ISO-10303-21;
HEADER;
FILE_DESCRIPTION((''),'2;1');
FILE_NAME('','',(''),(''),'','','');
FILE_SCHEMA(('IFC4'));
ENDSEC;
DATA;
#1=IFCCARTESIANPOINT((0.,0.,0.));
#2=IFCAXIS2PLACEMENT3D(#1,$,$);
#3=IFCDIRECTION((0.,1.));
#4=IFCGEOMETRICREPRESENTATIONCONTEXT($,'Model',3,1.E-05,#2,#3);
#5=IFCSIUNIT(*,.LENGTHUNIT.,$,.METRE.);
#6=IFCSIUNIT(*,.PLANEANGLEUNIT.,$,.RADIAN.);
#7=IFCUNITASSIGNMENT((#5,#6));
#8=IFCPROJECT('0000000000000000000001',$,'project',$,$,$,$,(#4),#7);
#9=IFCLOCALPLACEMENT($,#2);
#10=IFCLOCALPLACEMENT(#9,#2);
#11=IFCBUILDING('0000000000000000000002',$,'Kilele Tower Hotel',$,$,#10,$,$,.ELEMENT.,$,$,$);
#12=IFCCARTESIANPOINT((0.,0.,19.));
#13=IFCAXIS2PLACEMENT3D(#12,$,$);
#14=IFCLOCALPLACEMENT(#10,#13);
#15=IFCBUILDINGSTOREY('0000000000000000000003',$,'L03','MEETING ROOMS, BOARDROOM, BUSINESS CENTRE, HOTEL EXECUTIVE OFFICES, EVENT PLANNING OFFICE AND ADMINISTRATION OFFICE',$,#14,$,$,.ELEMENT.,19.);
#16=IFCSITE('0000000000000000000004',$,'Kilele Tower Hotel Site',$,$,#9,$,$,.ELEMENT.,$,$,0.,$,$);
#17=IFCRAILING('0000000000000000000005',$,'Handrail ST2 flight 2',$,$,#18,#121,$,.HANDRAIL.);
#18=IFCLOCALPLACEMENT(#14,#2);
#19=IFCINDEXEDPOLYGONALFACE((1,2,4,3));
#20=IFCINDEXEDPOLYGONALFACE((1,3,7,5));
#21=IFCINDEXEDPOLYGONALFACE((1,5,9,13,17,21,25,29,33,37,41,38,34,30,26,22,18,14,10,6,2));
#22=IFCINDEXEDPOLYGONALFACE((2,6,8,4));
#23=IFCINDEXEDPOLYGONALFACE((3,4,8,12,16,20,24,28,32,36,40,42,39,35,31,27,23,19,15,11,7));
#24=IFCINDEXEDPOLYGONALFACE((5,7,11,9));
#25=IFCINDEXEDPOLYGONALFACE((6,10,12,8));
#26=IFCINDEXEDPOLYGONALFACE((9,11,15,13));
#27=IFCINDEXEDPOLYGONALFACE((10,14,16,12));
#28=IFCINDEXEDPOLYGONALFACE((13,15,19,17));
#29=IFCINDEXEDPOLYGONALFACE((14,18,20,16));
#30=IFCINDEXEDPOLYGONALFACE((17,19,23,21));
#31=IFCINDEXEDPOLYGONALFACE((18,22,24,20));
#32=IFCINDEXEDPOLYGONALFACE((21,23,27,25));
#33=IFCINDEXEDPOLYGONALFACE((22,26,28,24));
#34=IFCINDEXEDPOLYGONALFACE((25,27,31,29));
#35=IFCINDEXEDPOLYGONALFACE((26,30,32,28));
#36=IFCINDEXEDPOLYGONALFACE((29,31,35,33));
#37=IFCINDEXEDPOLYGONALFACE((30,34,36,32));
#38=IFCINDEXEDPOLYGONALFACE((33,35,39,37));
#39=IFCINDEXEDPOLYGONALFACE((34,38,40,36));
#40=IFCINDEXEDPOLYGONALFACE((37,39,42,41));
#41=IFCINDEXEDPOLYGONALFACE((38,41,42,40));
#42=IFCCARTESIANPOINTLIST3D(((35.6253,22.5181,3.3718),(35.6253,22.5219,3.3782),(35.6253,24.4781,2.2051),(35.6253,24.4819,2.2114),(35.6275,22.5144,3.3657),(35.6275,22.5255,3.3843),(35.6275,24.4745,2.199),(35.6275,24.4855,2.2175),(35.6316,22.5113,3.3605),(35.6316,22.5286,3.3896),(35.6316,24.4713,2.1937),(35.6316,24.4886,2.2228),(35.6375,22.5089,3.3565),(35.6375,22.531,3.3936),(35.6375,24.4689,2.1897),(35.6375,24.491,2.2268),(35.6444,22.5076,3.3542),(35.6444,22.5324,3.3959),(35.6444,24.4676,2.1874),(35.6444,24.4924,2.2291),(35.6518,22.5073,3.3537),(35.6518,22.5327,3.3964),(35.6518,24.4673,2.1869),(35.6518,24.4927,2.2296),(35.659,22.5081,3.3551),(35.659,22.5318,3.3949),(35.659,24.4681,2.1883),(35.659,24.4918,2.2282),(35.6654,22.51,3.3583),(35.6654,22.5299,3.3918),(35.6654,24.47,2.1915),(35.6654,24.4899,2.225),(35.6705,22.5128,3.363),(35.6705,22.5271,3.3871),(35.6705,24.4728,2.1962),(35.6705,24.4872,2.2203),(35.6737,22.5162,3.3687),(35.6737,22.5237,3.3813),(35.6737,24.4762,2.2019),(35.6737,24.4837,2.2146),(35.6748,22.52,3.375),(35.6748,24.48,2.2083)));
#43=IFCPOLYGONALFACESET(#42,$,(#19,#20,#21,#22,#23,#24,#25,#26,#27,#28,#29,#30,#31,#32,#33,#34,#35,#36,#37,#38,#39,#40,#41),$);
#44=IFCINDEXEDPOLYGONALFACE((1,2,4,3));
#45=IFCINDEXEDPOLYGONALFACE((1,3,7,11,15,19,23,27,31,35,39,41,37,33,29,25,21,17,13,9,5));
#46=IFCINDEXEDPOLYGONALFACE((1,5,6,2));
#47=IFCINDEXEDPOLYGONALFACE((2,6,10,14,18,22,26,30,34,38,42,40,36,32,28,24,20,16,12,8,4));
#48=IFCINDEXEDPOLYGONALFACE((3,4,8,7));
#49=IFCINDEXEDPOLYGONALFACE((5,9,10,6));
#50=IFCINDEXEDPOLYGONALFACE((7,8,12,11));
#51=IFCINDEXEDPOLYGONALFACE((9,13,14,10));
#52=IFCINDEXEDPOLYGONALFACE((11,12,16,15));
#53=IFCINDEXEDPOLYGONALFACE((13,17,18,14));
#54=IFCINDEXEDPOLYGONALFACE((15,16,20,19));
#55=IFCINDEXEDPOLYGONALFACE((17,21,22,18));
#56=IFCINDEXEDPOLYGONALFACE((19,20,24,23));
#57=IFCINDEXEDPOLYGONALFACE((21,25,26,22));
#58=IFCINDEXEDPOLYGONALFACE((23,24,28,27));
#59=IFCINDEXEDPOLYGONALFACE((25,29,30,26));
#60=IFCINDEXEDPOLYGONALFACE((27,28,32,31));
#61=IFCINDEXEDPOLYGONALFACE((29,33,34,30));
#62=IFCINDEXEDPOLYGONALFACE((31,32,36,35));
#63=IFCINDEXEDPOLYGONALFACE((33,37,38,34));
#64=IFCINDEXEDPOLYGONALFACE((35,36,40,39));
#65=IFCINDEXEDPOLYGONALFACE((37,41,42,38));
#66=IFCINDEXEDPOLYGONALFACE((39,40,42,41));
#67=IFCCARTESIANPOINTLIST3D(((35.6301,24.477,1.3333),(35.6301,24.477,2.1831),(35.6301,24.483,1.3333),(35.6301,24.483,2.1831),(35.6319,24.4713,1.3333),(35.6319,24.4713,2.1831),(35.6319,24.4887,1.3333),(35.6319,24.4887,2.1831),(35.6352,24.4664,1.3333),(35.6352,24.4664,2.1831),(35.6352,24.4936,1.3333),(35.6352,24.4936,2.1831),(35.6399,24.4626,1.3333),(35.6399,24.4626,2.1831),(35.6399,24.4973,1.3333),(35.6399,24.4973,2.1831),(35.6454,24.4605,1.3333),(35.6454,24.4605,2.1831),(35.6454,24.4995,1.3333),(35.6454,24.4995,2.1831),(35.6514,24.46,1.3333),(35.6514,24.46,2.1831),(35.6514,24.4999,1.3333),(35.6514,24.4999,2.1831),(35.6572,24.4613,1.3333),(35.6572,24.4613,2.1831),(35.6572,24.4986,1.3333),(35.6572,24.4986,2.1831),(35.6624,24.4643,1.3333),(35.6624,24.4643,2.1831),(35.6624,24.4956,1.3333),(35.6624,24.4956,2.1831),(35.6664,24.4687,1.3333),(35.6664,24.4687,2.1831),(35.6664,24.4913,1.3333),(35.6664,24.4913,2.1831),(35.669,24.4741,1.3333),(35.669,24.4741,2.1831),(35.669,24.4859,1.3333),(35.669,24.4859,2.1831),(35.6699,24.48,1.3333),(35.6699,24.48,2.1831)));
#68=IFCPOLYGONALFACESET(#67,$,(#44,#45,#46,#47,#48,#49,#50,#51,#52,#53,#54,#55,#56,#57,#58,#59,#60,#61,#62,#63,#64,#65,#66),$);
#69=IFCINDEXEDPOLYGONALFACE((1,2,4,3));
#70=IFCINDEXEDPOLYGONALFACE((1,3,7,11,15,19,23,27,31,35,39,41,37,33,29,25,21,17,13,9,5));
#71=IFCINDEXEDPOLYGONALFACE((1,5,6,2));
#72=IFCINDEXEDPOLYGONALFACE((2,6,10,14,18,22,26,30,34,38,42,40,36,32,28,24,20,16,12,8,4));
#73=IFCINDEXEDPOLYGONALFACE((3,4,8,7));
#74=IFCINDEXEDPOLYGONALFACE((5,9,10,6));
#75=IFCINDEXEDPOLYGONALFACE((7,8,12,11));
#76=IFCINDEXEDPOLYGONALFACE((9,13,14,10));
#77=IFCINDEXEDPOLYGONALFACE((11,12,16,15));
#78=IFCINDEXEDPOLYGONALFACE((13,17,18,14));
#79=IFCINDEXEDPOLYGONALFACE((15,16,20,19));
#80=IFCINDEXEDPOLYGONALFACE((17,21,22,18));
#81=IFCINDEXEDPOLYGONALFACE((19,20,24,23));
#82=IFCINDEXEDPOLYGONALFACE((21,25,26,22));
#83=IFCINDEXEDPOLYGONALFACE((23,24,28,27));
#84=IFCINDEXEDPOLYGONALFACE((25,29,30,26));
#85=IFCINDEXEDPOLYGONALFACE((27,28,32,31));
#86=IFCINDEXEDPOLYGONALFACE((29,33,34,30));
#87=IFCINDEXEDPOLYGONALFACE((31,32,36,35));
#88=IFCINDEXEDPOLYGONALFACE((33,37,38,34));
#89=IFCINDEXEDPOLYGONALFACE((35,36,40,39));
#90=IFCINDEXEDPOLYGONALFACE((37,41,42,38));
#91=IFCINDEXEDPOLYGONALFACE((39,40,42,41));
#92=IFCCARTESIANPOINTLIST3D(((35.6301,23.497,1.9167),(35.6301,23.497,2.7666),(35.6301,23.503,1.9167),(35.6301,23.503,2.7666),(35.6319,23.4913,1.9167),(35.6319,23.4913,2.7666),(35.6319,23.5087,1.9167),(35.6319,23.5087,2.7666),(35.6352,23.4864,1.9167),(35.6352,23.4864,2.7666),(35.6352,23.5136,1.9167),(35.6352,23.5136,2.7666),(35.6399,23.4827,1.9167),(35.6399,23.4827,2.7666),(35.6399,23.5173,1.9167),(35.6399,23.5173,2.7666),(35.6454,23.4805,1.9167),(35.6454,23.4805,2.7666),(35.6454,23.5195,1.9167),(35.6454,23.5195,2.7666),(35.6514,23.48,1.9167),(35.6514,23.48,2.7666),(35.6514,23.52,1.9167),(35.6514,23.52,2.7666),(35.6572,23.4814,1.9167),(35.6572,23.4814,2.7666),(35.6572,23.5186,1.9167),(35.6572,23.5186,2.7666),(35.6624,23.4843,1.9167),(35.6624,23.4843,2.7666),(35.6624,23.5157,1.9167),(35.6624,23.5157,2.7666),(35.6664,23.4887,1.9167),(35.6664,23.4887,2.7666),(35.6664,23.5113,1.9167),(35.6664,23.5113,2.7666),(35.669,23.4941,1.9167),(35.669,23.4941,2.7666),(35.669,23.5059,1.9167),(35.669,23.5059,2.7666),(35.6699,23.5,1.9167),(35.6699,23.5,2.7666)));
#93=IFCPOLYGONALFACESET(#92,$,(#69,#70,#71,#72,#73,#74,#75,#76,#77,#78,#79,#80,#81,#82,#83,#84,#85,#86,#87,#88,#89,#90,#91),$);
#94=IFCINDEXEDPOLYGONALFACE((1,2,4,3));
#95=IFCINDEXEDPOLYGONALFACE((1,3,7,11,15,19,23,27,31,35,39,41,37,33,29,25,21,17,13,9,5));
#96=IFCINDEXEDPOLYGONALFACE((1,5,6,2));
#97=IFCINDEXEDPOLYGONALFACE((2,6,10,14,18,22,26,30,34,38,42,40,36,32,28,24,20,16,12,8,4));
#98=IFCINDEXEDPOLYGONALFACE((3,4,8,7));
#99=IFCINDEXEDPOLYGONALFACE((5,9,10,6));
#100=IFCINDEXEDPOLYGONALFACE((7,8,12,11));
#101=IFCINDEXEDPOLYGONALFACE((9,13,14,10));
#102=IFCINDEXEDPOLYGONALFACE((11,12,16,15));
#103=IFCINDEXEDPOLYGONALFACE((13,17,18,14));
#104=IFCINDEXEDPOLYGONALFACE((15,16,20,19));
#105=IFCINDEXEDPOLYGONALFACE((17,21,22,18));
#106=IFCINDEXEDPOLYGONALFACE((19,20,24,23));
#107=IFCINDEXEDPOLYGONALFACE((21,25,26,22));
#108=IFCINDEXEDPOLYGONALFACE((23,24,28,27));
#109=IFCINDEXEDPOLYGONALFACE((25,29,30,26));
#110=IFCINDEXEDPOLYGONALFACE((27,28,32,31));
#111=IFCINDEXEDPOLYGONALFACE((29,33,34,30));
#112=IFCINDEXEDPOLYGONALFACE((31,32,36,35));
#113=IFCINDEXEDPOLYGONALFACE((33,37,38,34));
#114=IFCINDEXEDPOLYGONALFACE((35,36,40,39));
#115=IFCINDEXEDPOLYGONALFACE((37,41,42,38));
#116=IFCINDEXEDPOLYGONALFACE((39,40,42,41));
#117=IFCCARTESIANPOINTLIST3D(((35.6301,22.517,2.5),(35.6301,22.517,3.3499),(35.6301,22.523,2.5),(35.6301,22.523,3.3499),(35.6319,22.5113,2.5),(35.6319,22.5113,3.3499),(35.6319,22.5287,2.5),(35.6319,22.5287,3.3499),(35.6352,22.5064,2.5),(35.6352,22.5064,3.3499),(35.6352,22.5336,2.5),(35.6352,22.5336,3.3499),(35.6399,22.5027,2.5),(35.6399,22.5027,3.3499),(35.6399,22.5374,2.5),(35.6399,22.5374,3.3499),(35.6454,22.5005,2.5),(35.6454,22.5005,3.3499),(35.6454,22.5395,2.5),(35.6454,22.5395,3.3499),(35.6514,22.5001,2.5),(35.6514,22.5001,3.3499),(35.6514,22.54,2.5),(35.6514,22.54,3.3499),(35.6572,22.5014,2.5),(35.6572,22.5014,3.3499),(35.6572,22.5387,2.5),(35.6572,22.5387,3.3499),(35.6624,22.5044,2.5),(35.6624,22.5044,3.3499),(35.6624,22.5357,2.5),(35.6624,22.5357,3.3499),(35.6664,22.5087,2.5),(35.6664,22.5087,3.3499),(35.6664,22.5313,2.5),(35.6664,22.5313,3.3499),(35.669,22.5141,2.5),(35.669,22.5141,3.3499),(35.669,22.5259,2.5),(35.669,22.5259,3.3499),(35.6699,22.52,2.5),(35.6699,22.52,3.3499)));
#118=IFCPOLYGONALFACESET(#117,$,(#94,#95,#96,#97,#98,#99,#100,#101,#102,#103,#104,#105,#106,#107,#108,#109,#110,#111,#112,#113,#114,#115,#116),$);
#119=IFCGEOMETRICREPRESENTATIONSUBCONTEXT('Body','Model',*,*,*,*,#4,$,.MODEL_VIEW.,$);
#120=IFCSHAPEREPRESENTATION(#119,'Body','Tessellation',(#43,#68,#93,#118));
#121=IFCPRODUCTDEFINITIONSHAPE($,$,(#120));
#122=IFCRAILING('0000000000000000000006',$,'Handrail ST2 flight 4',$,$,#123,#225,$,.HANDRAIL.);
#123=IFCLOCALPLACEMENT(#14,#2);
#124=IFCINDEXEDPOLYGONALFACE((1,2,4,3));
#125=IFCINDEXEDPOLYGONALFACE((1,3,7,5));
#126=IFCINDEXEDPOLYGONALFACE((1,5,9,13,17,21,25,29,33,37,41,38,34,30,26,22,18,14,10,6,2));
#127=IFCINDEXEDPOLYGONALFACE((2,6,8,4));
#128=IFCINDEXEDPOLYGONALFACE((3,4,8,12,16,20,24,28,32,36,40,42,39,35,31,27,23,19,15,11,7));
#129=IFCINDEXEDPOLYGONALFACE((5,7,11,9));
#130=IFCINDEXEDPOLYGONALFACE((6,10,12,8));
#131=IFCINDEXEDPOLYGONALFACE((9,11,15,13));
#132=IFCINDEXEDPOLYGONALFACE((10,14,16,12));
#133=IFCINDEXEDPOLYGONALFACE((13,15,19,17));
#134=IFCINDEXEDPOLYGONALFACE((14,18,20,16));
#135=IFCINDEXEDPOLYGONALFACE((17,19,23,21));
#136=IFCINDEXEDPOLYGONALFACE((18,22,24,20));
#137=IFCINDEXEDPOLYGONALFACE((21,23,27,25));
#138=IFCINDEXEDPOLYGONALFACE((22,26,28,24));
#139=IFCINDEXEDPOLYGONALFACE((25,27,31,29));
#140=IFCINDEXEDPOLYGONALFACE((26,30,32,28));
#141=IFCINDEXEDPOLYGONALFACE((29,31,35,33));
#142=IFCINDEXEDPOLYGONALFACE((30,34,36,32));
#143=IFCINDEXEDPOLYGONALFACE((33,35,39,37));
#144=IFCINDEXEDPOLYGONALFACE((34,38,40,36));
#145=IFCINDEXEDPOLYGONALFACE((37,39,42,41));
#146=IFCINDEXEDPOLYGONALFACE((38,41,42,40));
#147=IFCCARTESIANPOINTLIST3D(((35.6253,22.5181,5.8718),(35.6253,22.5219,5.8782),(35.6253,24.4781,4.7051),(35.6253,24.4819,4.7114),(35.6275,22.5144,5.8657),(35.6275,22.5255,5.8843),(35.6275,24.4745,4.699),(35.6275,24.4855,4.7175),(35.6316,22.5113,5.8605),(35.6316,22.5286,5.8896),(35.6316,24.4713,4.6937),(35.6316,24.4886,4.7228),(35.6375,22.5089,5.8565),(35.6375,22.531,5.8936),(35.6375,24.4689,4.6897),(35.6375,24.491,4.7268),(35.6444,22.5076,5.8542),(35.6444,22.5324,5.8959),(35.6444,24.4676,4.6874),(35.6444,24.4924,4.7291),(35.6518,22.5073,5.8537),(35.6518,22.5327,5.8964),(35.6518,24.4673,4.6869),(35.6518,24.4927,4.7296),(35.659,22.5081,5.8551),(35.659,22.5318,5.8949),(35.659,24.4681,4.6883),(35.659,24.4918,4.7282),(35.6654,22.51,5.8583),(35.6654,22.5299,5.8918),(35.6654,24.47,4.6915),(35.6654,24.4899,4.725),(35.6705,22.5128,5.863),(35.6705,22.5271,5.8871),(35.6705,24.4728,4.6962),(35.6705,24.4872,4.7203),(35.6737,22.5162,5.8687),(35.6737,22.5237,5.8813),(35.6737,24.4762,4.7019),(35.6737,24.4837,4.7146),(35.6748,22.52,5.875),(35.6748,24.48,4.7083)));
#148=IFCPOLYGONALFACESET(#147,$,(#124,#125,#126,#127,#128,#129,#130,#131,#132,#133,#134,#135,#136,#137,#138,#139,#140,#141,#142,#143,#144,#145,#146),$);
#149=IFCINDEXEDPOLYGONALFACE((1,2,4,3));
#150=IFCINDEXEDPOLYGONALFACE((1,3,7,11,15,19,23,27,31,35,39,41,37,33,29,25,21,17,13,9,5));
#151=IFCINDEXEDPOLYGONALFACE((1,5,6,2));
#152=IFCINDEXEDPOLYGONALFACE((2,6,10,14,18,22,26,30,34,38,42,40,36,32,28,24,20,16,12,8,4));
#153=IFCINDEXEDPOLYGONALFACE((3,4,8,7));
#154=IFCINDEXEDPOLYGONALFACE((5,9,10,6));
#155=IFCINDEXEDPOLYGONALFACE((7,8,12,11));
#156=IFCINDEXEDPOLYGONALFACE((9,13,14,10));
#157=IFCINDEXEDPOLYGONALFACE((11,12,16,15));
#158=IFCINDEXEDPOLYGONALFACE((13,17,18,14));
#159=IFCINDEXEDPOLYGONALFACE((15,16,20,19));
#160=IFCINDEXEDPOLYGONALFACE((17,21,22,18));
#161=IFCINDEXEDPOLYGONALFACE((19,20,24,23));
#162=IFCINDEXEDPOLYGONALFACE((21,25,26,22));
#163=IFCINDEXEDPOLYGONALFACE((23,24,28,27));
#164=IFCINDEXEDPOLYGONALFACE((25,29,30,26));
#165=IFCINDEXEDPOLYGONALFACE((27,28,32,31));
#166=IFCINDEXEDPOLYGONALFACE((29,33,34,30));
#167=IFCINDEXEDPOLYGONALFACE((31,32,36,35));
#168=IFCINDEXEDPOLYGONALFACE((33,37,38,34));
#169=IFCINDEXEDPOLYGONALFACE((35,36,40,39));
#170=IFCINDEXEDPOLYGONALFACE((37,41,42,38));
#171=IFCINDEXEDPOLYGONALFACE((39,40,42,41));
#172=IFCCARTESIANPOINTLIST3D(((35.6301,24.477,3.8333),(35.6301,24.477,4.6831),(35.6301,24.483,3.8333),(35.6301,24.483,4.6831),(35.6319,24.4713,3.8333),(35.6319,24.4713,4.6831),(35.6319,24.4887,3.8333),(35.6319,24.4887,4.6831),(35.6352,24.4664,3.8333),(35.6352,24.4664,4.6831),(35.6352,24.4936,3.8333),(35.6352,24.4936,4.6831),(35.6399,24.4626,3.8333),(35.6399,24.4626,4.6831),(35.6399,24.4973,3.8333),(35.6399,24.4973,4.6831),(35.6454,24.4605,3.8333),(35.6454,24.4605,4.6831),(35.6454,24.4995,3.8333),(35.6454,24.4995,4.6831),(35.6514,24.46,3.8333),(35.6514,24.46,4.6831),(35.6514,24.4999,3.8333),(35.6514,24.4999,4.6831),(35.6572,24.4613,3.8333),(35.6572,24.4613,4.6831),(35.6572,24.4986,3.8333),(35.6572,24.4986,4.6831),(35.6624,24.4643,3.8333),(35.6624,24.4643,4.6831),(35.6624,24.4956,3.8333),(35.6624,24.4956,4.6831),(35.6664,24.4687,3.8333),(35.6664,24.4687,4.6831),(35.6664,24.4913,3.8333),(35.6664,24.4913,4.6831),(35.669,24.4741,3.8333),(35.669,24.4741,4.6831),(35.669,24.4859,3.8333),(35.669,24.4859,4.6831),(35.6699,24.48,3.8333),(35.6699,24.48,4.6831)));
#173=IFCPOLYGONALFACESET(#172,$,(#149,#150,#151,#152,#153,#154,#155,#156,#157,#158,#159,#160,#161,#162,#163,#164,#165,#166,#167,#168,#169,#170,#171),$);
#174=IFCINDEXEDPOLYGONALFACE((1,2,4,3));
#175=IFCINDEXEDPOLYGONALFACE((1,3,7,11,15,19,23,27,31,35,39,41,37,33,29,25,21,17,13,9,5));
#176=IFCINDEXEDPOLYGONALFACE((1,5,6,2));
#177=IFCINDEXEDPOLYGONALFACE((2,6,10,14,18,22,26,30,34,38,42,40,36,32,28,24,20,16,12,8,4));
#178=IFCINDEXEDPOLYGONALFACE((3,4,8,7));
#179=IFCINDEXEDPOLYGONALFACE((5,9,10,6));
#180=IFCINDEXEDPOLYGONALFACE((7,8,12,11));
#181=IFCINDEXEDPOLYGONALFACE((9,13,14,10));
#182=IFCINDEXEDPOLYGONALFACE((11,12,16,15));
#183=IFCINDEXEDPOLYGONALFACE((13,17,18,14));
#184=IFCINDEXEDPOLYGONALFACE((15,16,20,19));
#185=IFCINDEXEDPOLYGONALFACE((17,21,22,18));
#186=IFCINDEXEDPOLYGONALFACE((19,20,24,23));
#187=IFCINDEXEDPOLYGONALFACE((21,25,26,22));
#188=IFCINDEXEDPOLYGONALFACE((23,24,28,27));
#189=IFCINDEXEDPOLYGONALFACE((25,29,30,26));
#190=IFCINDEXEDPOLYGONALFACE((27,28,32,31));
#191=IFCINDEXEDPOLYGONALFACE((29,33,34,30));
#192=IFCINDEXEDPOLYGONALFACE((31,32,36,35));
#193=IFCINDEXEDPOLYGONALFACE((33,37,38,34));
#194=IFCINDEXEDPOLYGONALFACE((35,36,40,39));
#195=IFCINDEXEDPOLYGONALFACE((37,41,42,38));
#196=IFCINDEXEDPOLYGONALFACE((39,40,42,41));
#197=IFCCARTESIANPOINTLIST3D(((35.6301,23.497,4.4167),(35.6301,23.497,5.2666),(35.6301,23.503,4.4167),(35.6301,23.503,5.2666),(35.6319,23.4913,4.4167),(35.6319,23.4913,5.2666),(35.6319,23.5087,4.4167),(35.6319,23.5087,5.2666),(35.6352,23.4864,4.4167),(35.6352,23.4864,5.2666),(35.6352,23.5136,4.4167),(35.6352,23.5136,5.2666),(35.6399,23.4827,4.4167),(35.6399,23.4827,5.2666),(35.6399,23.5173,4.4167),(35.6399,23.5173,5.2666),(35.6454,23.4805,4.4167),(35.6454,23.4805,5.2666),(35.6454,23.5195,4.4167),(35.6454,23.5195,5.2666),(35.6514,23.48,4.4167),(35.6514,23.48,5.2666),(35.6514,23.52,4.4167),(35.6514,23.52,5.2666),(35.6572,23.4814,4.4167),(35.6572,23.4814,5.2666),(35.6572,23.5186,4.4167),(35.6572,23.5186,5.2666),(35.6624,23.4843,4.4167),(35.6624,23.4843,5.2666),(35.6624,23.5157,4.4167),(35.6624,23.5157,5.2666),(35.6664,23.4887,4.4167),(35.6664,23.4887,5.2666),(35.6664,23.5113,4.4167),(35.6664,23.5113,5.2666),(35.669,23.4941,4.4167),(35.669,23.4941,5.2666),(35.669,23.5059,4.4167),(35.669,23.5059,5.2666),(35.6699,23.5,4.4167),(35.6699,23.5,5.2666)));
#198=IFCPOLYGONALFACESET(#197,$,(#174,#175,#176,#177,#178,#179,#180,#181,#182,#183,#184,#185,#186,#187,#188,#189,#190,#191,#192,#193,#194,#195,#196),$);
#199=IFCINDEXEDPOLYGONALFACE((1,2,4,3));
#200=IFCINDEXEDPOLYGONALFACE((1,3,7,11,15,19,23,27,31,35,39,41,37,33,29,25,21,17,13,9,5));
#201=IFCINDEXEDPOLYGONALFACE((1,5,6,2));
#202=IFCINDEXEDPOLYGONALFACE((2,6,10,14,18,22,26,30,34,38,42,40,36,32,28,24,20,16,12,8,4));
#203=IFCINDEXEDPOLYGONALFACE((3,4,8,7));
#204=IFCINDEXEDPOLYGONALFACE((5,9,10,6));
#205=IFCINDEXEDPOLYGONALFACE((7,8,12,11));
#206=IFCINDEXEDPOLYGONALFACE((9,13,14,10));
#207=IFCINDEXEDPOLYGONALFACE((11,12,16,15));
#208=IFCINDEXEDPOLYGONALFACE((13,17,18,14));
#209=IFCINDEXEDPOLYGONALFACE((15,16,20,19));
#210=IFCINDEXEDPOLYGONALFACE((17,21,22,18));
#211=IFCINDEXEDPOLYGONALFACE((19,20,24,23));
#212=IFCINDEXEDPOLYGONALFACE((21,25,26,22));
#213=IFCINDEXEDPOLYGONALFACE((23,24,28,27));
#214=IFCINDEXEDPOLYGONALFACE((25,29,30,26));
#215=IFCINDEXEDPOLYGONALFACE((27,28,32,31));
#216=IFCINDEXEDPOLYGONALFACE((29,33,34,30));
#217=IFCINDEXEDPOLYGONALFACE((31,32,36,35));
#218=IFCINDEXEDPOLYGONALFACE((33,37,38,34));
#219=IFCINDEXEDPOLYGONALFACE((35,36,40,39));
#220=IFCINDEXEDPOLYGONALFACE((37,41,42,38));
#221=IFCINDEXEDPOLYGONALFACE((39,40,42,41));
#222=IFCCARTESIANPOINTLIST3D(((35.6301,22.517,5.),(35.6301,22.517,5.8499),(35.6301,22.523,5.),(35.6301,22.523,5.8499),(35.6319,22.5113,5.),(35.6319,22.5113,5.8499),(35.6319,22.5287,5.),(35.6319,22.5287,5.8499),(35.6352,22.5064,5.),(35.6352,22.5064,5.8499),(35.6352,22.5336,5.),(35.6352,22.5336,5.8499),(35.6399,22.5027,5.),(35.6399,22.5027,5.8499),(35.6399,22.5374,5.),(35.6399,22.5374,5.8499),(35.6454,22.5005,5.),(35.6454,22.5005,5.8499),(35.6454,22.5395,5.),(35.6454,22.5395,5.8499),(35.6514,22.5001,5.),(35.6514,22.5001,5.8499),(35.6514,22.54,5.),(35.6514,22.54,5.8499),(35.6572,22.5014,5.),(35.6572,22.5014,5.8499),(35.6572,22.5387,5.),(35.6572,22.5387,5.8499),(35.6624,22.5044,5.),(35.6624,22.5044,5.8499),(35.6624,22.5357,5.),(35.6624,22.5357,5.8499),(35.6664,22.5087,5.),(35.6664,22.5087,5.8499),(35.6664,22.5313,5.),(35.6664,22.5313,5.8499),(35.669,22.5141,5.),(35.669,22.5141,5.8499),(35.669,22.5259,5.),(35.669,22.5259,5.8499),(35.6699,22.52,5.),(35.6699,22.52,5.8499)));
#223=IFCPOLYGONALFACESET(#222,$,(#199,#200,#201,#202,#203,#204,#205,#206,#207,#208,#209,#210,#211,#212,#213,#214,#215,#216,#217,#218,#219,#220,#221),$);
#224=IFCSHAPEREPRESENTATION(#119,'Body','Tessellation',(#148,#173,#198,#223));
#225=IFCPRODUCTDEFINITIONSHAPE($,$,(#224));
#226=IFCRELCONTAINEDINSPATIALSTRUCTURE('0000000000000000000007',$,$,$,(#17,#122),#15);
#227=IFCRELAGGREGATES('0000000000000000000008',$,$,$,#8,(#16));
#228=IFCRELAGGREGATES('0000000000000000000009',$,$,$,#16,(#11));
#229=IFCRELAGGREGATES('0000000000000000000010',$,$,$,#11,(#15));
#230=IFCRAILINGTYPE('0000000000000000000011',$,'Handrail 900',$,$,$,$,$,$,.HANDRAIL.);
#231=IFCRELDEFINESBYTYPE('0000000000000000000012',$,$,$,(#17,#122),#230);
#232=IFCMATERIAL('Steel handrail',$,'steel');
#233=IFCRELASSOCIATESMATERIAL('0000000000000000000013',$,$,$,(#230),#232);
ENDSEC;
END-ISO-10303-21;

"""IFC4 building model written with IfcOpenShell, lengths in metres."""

from ifc_helpers import new_model, si_unit, direction, frame, origin, origin_2d, place, context, subcontext, project, spatial, circle, extrude, material, type_object, element, save


model = new_model("IFC4")

# Units and contexts
model_context = context("Model", 3, precision=1e-05, world=origin(), true_north=direction((0.0, 1.0)))
body_context = subcontext(model_context, "Body", "Model", "MODEL_VIEW")
ifc_project = project(units=[si_unit("LENGTHUNIT", "METRE"), si_unit("PLANEANGLEUNIT", "RADIAN")], contexts=[model_context])

# Site, building, storey
site_placement = place(None, origin())
site = spatial("IfcSite", under=ifc_project, at=site_placement, Name="Kilele Tower Hotel Site", CompositionType="ELEMENT", RefElevation=0.0)
building_placement = place(site_placement, origin())
building = spatial("IfcBuilding", under=site, at=building_placement, Name="Kilele Tower Hotel", CompositionType="ELEMENT")
storey_placement = place(building_placement, frame((0.0, 0.0, 19.0)))
storey = spatial("IfcBuildingStorey", under=building, at=storey_placement, Name="L03", Description="MEETING ROOMS, BOARDROOM, BUSINESS CENTRE, HOTEL EXECUTIVE OFFICES, EVENT PLANNING OFFICE AND ADMINISTRATION OFFICE", CompositionType="ELEMENT", Elevation=19.0)

# Railings
ifc_material_1 = material(Name="Steel handrail", Category="steel")
railing_type = type_object("IfcRailingType", Name="Handrail 900", PredefinedType="HANDRAIL", material=ifc_material_1)
for number, where, name in (
    (1, (35.6499, 24.48, 1.3333), "Handrail ST2 flight 2"),
    (2, (35.6499, 24.48, 3.8333), "Handrail ST2 flight 4"),
):
    element("IfcRailing", number, at=place(storey_placement, frame(where)), inside=storey, type_object=railing_type, Name=name, PredefinedType="HANDRAIL", context=body_context, shape_type="SweptSolid", body=[
        extrude(circle(Radius=0.0249, at=origin_2d()), frame((0.0, 0.0, 0.875), z_axis=(0.0, -0.859273, 0.511518), x_axis=(1.0, 0.0, 0.0)), (0.0, 0.0, 1.0), 2.281),
        extrude(circle(Radius=0.02, at=origin_2d()), origin(), (0.0, 0.0, 1.0), 0.8499),
        extrude(circle(Radius=0.02, at=origin_2d()), frame((0.0, -0.98, 0.5835)), (0.0, 0.0, 1.0), 0.8499),
        extrude(circle(Radius=0.02, at=origin_2d()), frame((0.0, -1.96, 1.1667)), (0.0, 0.0, 1.0), 0.8499),
    ])

save(model, "model.ifc")
